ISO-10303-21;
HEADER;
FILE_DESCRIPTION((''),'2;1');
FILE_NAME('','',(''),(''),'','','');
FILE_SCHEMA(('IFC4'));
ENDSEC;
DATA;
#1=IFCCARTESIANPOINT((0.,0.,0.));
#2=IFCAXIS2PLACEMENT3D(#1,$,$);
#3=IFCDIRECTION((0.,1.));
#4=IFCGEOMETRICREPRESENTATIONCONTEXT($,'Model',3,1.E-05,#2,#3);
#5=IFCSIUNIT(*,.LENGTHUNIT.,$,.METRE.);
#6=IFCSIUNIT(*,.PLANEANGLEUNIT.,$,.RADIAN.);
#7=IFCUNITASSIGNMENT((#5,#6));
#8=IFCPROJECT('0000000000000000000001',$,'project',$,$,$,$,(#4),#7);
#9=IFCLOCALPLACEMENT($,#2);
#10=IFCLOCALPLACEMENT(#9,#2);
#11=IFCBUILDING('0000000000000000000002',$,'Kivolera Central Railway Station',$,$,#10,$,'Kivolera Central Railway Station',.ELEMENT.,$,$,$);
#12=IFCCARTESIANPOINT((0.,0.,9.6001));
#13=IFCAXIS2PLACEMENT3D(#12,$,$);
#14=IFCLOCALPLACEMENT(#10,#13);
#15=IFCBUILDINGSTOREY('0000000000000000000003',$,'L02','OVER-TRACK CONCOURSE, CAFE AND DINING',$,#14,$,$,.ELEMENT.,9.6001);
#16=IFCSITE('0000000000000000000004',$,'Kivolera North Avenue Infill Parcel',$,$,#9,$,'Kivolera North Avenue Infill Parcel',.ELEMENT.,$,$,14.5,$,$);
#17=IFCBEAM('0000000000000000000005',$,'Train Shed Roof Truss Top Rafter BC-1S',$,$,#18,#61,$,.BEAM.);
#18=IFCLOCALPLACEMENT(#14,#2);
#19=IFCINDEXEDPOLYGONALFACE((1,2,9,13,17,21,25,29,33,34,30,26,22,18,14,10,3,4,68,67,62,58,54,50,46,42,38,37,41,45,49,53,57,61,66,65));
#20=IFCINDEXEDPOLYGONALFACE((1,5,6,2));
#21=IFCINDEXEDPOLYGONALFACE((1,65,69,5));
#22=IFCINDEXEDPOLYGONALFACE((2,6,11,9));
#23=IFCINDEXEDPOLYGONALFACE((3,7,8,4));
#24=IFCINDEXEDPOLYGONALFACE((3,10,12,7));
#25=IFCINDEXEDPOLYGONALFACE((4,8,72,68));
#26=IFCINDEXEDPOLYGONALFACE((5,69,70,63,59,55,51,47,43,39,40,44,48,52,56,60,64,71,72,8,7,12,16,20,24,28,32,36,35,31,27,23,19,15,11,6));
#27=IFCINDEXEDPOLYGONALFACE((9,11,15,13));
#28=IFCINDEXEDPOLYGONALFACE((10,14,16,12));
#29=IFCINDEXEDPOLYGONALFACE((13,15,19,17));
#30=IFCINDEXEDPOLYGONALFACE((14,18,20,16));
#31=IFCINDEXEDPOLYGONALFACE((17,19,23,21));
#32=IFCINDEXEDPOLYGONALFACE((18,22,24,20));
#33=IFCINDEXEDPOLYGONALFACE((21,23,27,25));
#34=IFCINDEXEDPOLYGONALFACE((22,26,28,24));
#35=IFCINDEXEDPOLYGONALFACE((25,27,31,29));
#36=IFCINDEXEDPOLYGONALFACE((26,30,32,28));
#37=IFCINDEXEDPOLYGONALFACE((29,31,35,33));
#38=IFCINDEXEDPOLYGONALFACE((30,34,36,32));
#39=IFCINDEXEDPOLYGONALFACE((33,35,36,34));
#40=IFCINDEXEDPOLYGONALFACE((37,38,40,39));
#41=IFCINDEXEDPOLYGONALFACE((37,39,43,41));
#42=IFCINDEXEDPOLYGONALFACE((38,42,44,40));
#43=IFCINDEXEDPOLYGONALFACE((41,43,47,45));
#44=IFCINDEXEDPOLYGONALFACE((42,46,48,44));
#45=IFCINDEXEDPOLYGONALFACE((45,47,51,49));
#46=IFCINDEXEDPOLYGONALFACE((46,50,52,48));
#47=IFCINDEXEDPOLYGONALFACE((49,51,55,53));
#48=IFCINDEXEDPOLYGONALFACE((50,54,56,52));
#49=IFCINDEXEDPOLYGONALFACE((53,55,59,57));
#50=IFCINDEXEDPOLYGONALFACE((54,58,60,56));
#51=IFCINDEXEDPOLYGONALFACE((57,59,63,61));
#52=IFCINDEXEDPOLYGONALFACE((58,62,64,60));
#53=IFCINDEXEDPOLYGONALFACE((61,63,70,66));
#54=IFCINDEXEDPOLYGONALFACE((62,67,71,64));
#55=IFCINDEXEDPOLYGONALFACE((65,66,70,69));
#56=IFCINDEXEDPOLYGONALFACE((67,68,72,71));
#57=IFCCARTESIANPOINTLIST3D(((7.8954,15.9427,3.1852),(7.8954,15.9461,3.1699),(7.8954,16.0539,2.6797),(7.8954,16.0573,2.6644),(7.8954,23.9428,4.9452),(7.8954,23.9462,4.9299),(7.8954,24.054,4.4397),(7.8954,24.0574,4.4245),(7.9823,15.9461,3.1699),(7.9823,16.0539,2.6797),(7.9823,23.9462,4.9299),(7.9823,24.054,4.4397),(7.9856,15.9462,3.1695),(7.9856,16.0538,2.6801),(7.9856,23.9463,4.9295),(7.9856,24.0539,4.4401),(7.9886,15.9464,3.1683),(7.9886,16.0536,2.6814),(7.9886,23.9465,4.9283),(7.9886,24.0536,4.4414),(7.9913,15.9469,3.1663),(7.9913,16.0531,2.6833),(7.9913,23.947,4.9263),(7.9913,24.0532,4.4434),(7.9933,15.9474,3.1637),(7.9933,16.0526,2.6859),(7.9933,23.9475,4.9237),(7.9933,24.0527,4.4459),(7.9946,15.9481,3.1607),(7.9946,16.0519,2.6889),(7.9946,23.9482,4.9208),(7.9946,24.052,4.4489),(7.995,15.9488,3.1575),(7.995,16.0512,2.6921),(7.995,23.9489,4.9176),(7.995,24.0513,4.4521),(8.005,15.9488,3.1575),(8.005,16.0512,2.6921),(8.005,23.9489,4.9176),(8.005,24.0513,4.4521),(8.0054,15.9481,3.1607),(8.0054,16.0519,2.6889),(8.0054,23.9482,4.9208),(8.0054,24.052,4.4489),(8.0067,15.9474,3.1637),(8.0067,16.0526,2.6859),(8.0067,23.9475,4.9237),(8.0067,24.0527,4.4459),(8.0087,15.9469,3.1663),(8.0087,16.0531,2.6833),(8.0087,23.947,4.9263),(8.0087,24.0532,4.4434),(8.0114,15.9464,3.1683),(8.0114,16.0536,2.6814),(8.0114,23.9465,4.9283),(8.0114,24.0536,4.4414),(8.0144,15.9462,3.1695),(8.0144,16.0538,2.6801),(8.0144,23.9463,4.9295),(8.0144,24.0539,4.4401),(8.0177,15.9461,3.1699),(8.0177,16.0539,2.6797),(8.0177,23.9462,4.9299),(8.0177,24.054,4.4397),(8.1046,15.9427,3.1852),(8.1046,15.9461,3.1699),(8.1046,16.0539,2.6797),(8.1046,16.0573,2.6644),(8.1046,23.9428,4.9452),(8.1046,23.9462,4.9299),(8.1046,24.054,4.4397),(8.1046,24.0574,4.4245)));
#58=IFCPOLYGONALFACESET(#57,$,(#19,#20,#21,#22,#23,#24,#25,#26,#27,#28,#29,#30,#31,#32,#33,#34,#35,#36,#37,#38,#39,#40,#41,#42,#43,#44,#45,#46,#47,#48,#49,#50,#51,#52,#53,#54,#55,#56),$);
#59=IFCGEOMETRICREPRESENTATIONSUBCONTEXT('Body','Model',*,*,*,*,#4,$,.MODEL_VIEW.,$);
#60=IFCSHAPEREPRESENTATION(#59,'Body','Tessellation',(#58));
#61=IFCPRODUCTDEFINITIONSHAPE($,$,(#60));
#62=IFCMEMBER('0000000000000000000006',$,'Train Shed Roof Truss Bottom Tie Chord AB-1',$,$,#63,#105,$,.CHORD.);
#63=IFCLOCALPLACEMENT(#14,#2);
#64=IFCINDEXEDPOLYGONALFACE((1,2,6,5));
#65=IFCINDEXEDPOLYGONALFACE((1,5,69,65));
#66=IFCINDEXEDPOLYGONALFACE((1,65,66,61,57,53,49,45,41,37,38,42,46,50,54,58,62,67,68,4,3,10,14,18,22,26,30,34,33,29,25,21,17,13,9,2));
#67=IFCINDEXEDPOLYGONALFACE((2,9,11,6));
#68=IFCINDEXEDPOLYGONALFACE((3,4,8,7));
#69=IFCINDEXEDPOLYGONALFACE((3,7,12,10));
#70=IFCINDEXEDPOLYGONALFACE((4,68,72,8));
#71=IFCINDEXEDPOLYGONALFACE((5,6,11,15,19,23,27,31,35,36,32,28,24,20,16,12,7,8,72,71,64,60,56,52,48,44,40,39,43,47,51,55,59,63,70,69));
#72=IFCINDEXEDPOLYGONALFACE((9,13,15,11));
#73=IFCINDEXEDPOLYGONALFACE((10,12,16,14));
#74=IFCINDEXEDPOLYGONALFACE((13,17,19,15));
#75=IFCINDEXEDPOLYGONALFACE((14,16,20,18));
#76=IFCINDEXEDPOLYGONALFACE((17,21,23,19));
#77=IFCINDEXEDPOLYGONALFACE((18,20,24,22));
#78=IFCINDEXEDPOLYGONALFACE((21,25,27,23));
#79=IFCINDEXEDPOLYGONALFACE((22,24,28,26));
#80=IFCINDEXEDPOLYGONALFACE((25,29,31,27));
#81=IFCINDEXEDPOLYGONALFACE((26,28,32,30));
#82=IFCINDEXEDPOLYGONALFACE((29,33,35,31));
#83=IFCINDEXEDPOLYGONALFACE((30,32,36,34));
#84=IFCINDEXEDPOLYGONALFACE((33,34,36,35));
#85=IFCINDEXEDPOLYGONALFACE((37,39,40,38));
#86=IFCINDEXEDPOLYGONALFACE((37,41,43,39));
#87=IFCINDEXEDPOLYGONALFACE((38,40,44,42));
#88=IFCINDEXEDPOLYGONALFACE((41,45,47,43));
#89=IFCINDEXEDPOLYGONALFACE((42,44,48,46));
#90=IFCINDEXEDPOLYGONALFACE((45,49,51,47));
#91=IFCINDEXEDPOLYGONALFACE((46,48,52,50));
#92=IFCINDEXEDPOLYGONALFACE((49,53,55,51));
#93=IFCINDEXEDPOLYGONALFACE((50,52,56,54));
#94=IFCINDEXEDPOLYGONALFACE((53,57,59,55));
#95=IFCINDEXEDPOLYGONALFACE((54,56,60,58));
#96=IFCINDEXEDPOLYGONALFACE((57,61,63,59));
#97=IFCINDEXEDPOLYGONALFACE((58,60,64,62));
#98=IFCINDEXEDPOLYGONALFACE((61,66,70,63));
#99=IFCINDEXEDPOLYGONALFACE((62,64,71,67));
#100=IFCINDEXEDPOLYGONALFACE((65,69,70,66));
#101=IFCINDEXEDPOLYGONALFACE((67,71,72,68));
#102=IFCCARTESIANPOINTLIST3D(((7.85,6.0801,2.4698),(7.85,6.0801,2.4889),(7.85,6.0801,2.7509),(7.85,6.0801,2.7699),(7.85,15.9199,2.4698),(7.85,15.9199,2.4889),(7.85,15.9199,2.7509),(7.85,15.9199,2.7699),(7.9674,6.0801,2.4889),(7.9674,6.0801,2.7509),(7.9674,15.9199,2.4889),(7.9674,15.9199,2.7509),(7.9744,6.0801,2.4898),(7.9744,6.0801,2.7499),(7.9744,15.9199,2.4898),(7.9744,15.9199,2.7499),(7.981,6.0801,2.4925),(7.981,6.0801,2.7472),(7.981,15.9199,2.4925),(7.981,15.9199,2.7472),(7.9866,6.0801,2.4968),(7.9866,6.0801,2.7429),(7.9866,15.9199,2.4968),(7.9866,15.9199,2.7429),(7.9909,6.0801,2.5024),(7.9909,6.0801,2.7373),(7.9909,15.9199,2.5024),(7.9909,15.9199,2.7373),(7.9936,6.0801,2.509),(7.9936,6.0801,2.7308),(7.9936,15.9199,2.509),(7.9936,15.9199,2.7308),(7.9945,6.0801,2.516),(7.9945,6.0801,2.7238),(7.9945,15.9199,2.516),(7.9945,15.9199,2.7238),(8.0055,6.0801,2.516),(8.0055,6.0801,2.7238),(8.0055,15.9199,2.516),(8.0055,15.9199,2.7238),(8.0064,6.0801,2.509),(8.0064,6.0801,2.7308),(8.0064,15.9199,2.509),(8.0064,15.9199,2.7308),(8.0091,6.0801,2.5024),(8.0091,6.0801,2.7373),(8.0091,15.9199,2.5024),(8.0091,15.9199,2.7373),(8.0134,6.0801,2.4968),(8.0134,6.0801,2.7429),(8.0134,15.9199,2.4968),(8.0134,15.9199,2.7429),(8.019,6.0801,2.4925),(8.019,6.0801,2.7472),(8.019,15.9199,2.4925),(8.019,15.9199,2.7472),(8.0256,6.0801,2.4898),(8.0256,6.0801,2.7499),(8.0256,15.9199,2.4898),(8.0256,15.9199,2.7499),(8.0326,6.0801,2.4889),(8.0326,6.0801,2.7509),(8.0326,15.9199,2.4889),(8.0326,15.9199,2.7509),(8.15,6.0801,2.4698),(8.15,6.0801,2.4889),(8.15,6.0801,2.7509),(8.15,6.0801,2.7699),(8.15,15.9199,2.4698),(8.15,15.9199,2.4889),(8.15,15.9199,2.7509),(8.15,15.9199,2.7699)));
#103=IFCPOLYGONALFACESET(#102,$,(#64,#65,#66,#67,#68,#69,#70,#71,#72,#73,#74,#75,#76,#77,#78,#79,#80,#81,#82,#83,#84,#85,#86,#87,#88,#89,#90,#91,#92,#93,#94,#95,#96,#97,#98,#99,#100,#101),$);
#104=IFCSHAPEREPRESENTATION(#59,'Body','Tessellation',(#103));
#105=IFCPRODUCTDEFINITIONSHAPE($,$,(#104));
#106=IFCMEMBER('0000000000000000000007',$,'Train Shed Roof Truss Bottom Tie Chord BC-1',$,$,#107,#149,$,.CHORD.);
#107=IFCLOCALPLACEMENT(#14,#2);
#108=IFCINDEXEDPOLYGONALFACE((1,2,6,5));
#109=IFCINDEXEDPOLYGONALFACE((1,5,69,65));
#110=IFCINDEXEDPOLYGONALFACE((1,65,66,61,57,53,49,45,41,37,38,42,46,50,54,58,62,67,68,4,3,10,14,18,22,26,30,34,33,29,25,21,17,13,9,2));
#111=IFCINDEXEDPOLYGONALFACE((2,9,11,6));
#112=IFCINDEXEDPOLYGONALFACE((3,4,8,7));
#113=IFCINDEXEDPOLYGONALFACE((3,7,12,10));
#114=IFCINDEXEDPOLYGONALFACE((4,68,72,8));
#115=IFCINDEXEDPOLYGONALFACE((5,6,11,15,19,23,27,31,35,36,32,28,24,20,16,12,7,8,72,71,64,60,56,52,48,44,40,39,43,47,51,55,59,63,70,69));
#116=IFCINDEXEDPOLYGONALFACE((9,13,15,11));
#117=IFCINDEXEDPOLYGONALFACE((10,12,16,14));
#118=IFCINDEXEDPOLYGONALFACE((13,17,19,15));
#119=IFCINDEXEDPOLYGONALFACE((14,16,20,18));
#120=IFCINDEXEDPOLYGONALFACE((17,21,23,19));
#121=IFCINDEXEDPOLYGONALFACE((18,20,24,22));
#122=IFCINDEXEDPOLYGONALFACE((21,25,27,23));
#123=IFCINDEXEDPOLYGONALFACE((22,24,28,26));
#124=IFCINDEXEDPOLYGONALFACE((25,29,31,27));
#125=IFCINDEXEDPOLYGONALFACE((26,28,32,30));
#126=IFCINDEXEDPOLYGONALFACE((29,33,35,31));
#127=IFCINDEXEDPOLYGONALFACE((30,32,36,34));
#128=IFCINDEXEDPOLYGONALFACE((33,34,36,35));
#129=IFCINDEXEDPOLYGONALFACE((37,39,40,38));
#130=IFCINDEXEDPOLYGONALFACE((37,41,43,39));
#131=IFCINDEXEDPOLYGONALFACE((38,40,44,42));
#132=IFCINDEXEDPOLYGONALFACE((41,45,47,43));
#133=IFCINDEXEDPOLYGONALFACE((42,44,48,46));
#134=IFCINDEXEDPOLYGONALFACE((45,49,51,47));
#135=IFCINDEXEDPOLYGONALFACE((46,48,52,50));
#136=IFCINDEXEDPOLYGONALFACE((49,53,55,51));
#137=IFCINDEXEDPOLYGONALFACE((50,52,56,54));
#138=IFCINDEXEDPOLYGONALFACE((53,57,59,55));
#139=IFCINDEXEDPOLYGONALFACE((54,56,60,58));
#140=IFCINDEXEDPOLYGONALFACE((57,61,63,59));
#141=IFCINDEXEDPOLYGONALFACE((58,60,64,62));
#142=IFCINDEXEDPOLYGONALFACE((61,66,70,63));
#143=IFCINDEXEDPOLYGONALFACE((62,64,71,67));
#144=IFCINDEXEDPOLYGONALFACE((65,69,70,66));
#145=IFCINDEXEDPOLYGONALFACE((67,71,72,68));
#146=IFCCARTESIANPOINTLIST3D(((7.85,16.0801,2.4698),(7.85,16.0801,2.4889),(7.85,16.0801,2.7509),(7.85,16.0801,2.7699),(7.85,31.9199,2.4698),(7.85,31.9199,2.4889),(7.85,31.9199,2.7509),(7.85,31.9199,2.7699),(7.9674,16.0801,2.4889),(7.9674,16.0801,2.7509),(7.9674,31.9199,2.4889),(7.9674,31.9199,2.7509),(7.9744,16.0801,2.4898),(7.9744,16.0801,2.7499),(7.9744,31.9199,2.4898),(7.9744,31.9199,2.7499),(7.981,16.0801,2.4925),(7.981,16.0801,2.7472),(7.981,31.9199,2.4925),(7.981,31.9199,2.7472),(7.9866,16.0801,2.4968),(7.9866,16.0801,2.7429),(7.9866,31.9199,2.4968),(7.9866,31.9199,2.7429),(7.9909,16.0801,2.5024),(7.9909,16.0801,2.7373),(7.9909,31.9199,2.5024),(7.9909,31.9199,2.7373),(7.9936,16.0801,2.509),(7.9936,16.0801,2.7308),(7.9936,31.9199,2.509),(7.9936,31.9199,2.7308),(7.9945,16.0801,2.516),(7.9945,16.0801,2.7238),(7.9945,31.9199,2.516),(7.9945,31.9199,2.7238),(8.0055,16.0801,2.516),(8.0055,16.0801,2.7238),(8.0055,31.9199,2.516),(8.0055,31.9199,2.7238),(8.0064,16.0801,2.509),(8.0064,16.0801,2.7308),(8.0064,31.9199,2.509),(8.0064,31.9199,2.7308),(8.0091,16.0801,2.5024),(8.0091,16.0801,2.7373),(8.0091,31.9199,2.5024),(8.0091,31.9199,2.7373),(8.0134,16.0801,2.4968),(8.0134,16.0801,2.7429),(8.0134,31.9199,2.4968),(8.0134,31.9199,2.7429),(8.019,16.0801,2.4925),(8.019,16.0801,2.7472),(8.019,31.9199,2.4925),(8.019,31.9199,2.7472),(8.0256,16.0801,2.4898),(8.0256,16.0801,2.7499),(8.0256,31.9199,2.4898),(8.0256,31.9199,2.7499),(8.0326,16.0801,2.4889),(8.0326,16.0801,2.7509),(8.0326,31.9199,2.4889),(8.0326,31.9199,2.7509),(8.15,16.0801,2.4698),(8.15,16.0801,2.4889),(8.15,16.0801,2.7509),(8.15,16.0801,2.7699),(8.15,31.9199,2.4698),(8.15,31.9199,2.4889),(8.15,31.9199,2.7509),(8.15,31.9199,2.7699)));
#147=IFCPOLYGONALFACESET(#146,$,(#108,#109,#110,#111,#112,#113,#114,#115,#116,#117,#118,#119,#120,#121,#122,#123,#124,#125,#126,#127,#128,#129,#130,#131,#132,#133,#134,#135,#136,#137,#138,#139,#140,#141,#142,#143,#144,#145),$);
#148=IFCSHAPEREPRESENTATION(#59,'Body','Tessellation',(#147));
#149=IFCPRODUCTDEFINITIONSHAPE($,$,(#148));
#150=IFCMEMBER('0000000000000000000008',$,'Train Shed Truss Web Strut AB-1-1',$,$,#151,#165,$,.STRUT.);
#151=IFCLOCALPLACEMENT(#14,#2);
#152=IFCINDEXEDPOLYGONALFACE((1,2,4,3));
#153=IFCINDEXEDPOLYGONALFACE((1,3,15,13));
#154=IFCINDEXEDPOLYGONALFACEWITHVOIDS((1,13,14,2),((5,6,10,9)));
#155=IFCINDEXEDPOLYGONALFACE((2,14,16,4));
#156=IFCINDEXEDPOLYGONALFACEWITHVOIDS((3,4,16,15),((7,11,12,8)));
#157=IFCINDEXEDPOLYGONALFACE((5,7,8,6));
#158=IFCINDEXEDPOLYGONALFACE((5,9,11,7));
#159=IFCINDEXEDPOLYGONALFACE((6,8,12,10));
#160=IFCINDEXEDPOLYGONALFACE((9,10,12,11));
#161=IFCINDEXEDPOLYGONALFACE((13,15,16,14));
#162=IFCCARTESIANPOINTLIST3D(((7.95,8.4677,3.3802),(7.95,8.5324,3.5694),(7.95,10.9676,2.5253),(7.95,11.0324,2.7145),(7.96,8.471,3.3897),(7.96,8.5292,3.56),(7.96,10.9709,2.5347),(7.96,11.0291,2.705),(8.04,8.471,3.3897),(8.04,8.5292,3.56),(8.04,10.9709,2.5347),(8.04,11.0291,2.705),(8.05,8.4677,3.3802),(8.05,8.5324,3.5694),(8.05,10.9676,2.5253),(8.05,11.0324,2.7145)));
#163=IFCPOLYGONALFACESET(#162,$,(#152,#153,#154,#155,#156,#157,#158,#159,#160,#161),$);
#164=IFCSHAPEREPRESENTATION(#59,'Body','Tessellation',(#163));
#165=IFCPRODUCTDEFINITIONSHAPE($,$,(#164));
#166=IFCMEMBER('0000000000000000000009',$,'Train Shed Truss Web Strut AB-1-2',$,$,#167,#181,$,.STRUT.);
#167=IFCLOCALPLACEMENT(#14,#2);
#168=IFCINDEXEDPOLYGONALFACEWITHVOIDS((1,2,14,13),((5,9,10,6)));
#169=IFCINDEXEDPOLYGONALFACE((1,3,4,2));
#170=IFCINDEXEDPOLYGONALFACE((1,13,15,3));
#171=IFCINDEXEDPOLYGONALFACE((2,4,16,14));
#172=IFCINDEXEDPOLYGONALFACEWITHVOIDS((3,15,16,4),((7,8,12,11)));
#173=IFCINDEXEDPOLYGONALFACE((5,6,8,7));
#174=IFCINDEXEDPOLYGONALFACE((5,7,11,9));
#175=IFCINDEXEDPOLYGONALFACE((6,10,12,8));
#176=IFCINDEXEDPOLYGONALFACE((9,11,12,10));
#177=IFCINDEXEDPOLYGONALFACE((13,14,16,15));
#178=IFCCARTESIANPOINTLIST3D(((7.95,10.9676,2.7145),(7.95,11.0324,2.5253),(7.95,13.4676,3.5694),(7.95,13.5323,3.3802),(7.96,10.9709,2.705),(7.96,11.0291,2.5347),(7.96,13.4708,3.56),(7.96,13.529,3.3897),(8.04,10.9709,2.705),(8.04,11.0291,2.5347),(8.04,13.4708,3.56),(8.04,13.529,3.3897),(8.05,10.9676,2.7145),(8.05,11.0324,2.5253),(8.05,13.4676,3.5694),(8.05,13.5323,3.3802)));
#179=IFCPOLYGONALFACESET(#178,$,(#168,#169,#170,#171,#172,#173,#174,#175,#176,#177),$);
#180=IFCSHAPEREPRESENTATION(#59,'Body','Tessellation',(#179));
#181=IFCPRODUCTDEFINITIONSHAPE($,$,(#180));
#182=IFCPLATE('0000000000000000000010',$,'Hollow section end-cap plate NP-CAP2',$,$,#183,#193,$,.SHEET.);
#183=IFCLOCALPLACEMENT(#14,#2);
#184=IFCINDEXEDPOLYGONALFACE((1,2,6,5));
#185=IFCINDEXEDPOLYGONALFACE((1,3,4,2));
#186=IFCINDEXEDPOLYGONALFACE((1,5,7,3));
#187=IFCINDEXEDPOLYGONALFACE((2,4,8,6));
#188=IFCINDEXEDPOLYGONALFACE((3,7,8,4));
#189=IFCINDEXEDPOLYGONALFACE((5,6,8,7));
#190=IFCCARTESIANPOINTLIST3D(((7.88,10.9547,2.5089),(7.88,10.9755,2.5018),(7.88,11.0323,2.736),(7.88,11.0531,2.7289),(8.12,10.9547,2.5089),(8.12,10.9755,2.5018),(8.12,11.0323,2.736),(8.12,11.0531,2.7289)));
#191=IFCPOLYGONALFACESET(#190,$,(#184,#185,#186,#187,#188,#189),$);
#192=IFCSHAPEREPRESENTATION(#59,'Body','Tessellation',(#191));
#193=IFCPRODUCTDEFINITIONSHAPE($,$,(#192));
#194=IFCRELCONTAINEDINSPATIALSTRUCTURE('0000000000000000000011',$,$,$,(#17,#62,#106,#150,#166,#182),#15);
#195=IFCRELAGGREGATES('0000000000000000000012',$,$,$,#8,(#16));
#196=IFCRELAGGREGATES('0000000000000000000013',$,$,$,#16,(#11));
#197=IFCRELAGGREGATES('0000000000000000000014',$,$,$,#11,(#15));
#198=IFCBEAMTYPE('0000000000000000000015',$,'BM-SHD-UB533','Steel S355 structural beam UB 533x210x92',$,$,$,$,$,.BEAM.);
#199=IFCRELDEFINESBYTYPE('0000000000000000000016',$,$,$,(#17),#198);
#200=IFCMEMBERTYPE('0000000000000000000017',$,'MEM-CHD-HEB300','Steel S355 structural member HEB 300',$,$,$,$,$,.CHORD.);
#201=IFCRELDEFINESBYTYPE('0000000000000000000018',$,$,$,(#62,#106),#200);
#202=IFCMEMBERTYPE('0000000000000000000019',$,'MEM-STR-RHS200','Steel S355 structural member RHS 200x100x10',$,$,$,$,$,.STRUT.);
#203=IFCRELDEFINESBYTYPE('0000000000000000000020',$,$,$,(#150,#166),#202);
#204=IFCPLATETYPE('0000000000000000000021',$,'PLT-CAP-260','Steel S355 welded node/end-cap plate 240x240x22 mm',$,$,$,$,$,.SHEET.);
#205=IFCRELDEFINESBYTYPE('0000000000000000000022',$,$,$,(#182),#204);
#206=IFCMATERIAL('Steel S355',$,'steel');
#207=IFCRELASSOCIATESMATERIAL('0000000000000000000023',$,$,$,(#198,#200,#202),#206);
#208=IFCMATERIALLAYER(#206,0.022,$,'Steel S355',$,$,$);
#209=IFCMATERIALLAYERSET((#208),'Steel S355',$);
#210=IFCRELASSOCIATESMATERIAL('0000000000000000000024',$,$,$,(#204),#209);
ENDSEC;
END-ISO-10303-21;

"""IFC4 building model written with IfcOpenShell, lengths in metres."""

from ifc_helpers import new_model, si_unit, direction, frame, origin, origin_2d, place, context, subcontext, project, spatial, rectangle, hollow_rectangle, i_section, extrude, material, layer, layer_set, material_profile, profile_set, type_object, element, save


model = new_model("IFC4")

# Units and contexts
model_context = context("Model", 3, precision=1e-05, world=origin(), true_north=direction((0.0, 1.0)))
body_context = subcontext(model_context, "Body", "Model", "MODEL_VIEW")
ifc_project = project(units=[si_unit("LENGTHUNIT", "METRE"), si_unit("PLANEANGLEUNIT", "RADIAN")], contexts=[model_context])

# Site, building, storey
site_placement = place(None, origin())
site = spatial("IfcSite", under=ifc_project, at=site_placement, Name="Kivolera North Avenue Infill Parcel", LongName="Kivolera North Avenue Infill Parcel", CompositionType="ELEMENT", RefElevation=14.5)
building_placement = place(site_placement, origin())
building = spatial("IfcBuilding", under=site, at=building_placement, Name="Kivolera Central Railway Station", LongName="Kivolera Central Railway Station", CompositionType="ELEMENT")
storey_placement = place(building_placement, frame((0.0, 0.0, 9.6001)))
storey = spatial("IfcBuildingStorey", under=building, at=storey_placement, Name="L02", Description="OVER-TRACK CONCOURSE, CAFE AND DINING", CompositionType="ELEMENT", Elevation=9.6001)

# Shared definitions
ifc_material_1 = material(Name="Steel S355", Category="steel")

# Beam
ifc_material_profile_1 = material_profile(ifc_material_1, i_section(OverallWidth=0.2092, OverallDepth=0.5332, WebThickness=0.01, FlangeThickness=0.0156, FilletRadius=0.0127, at=origin_2d()), Name="UB 533x210x92")
ifc_profile_set_1 = profile_set([ifc_material_profile_1], Name="Steel S355")
beam_type = type_object("IfcBeamType", Name="BM-SHD-UB533", Description="Steel S355 structural beam UB 533x210x92", PredefinedType="BEAM", material=ifc_profile_set_1)
beam_placement = place(storey_placement, frame((8.0, 16.0, 2.9248), z_axis=(0.0, 0.976644, 0.214863), x_axis=(-1.0, 0.0, 0.0)))
element("IfcBeam", 1, at=beam_placement, inside=storey, type_object=beam_type, Name="Train Shed Roof Truss Top Rafter BC-1S", PredefinedType="BEAM", context=body_context, shape_type="SweptSolid", body=[
    extrude(i_section(OverallWidth=0.2092, OverallDepth=0.5332, WebThickness=0.01, FlangeThickness=0.0156, FilletRadius=0.0127, at=origin_2d()), origin(), (0.0, 0.0, 1.0), 8.1914),
])

# Members
ifc_material_profile_2 = material_profile(ifc_material_1, i_section(OverallWidth=0.3, OverallDepth=0.3, WebThickness=0.011, FlangeThickness=0.019, FilletRadius=0.0271, at=origin_2d()), Name="HEB 300")
ifc_profile_set_2 = profile_set([ifc_material_profile_2], Name="Steel S355")
member_type_1 = type_object("IfcMemberType", Name="MEM-CHD-HEB300", Description="Steel S355 structural member HEB 300", PredefinedType="CHORD", material=ifc_profile_set_2)
member_1_placement = place(storey_placement, frame((8.0, 6.0801, 2.6199), z_axis=(0.0, 1.0, 0.0), x_axis=(-1.0, 0.0, 0.0)))
element("IfcMember", 2, at=member_1_placement, inside=storey, type_object=member_type_1, Name="Train Shed Roof Truss Bottom Tie Chord AB-1", PredefinedType="CHORD", context=body_context, shape_type="SweptSolid", body=[
    extrude(i_section(OverallWidth=0.3, OverallDepth=0.3, WebThickness=0.011, FlangeThickness=0.019, FilletRadius=0.0271, at=origin_2d()), origin(), (0.0, 0.0, 1.0), 9.8398),
])
member_2_placement = place(storey_placement, frame((8.0, 16.0801, 2.6199), z_axis=(0.0, 1.0, 0.0), x_axis=(-1.0, 0.0, 0.0)))
element("IfcMember", 3, at=member_2_placement, inside=storey, type_object=member_type_1, Name="Train Shed Roof Truss Bottom Tie Chord BC-1", PredefinedType="CHORD", context=body_context, shape_type="SweptSolid", body=[
    extrude(i_section(OverallWidth=0.3, OverallDepth=0.3, WebThickness=0.011, FlangeThickness=0.019, FilletRadius=0.0271, at=origin_2d()), origin(), (0.0, 0.0, 1.0), 15.8398),
])
ifc_material_profile_3 = material_profile(ifc_material_1, hollow_rectangle(XDim=0.1001, YDim=0.2, WallThickness=0.01, at=origin_2d()), Name="RHS 200x100x10")
ifc_profile_set_3 = profile_set([ifc_material_profile_3], Name="Steel S355")
member_type_2 = type_object("IfcMemberType", Name="MEM-STR-RHS200", Description="Steel S355 structural member RHS 200x100x10", PredefinedType="STRUT", material=ifc_profile_set_3)
for number, where, z_axis, x_axis, name in (
    (4, (8.0, 11.0, 2.6199), (0.0, -0.946197, 0.323592), (1.0, 0.0, 0.0), "Train Shed Truss Web Strut AB-1-1"),
    (5, (8.0, 11.0, 2.6199), (0.0, 0.946197, 0.323592), (-1.0, 0.0, 0.0), "Train Shed Truss Web Strut AB-1-2"),
):
    element("IfcMember", number, at=place(storey_placement, frame(where, z_axis=z_axis, x_axis=x_axis)), inside=storey, type_object=member_type_2, Name=name, PredefinedType="STRUT", context=body_context, shape_type="SweptSolid", body=[
        extrude(hollow_rectangle(XDim=0.1001, YDim=0.2, WallThickness=0.01, at=origin_2d()), origin(), (0.0, 0.0, 1.0), 2.6421),
    ])

# Plate
ifc_layer_1 = layer(ifc_material_1, 0.022, Name="Steel S355")
ifc_layer_set_1 = layer_set([ifc_layer_1], Name="Steel S355")
plate_type = type_object("IfcPlateType", Name="PLT-CAP-260", Description="Steel S355 welded node/end-cap plate 240x240x22 mm", PredefinedType="SHEET", material=ifc_layer_set_1)
for number, where, z_axis, x_axis, name in (
    (6, (8.0, 11.0039, 2.6189), (0.0, -0.946194, 0.323599), (1.0, 0.0, 0.0), "Hollow section end-cap plate NP-CAP2"),
):
    element("IfcPlate", number, at=place(storey_placement, frame(where, z_axis=z_axis, x_axis=x_axis)), inside=storey, type_object=plate_type, Name=name, PredefinedType="SHEET", context=body_context, shape_type="SweptSolid", body=[
        extrude(rectangle(XDim=0.24, YDim=0.24, at=origin_2d()), frame((0.0, 0.0, -0.011)), (0.0, 0.0, 1.0), 0.022),
    ])

save(model, "model.ifc")
